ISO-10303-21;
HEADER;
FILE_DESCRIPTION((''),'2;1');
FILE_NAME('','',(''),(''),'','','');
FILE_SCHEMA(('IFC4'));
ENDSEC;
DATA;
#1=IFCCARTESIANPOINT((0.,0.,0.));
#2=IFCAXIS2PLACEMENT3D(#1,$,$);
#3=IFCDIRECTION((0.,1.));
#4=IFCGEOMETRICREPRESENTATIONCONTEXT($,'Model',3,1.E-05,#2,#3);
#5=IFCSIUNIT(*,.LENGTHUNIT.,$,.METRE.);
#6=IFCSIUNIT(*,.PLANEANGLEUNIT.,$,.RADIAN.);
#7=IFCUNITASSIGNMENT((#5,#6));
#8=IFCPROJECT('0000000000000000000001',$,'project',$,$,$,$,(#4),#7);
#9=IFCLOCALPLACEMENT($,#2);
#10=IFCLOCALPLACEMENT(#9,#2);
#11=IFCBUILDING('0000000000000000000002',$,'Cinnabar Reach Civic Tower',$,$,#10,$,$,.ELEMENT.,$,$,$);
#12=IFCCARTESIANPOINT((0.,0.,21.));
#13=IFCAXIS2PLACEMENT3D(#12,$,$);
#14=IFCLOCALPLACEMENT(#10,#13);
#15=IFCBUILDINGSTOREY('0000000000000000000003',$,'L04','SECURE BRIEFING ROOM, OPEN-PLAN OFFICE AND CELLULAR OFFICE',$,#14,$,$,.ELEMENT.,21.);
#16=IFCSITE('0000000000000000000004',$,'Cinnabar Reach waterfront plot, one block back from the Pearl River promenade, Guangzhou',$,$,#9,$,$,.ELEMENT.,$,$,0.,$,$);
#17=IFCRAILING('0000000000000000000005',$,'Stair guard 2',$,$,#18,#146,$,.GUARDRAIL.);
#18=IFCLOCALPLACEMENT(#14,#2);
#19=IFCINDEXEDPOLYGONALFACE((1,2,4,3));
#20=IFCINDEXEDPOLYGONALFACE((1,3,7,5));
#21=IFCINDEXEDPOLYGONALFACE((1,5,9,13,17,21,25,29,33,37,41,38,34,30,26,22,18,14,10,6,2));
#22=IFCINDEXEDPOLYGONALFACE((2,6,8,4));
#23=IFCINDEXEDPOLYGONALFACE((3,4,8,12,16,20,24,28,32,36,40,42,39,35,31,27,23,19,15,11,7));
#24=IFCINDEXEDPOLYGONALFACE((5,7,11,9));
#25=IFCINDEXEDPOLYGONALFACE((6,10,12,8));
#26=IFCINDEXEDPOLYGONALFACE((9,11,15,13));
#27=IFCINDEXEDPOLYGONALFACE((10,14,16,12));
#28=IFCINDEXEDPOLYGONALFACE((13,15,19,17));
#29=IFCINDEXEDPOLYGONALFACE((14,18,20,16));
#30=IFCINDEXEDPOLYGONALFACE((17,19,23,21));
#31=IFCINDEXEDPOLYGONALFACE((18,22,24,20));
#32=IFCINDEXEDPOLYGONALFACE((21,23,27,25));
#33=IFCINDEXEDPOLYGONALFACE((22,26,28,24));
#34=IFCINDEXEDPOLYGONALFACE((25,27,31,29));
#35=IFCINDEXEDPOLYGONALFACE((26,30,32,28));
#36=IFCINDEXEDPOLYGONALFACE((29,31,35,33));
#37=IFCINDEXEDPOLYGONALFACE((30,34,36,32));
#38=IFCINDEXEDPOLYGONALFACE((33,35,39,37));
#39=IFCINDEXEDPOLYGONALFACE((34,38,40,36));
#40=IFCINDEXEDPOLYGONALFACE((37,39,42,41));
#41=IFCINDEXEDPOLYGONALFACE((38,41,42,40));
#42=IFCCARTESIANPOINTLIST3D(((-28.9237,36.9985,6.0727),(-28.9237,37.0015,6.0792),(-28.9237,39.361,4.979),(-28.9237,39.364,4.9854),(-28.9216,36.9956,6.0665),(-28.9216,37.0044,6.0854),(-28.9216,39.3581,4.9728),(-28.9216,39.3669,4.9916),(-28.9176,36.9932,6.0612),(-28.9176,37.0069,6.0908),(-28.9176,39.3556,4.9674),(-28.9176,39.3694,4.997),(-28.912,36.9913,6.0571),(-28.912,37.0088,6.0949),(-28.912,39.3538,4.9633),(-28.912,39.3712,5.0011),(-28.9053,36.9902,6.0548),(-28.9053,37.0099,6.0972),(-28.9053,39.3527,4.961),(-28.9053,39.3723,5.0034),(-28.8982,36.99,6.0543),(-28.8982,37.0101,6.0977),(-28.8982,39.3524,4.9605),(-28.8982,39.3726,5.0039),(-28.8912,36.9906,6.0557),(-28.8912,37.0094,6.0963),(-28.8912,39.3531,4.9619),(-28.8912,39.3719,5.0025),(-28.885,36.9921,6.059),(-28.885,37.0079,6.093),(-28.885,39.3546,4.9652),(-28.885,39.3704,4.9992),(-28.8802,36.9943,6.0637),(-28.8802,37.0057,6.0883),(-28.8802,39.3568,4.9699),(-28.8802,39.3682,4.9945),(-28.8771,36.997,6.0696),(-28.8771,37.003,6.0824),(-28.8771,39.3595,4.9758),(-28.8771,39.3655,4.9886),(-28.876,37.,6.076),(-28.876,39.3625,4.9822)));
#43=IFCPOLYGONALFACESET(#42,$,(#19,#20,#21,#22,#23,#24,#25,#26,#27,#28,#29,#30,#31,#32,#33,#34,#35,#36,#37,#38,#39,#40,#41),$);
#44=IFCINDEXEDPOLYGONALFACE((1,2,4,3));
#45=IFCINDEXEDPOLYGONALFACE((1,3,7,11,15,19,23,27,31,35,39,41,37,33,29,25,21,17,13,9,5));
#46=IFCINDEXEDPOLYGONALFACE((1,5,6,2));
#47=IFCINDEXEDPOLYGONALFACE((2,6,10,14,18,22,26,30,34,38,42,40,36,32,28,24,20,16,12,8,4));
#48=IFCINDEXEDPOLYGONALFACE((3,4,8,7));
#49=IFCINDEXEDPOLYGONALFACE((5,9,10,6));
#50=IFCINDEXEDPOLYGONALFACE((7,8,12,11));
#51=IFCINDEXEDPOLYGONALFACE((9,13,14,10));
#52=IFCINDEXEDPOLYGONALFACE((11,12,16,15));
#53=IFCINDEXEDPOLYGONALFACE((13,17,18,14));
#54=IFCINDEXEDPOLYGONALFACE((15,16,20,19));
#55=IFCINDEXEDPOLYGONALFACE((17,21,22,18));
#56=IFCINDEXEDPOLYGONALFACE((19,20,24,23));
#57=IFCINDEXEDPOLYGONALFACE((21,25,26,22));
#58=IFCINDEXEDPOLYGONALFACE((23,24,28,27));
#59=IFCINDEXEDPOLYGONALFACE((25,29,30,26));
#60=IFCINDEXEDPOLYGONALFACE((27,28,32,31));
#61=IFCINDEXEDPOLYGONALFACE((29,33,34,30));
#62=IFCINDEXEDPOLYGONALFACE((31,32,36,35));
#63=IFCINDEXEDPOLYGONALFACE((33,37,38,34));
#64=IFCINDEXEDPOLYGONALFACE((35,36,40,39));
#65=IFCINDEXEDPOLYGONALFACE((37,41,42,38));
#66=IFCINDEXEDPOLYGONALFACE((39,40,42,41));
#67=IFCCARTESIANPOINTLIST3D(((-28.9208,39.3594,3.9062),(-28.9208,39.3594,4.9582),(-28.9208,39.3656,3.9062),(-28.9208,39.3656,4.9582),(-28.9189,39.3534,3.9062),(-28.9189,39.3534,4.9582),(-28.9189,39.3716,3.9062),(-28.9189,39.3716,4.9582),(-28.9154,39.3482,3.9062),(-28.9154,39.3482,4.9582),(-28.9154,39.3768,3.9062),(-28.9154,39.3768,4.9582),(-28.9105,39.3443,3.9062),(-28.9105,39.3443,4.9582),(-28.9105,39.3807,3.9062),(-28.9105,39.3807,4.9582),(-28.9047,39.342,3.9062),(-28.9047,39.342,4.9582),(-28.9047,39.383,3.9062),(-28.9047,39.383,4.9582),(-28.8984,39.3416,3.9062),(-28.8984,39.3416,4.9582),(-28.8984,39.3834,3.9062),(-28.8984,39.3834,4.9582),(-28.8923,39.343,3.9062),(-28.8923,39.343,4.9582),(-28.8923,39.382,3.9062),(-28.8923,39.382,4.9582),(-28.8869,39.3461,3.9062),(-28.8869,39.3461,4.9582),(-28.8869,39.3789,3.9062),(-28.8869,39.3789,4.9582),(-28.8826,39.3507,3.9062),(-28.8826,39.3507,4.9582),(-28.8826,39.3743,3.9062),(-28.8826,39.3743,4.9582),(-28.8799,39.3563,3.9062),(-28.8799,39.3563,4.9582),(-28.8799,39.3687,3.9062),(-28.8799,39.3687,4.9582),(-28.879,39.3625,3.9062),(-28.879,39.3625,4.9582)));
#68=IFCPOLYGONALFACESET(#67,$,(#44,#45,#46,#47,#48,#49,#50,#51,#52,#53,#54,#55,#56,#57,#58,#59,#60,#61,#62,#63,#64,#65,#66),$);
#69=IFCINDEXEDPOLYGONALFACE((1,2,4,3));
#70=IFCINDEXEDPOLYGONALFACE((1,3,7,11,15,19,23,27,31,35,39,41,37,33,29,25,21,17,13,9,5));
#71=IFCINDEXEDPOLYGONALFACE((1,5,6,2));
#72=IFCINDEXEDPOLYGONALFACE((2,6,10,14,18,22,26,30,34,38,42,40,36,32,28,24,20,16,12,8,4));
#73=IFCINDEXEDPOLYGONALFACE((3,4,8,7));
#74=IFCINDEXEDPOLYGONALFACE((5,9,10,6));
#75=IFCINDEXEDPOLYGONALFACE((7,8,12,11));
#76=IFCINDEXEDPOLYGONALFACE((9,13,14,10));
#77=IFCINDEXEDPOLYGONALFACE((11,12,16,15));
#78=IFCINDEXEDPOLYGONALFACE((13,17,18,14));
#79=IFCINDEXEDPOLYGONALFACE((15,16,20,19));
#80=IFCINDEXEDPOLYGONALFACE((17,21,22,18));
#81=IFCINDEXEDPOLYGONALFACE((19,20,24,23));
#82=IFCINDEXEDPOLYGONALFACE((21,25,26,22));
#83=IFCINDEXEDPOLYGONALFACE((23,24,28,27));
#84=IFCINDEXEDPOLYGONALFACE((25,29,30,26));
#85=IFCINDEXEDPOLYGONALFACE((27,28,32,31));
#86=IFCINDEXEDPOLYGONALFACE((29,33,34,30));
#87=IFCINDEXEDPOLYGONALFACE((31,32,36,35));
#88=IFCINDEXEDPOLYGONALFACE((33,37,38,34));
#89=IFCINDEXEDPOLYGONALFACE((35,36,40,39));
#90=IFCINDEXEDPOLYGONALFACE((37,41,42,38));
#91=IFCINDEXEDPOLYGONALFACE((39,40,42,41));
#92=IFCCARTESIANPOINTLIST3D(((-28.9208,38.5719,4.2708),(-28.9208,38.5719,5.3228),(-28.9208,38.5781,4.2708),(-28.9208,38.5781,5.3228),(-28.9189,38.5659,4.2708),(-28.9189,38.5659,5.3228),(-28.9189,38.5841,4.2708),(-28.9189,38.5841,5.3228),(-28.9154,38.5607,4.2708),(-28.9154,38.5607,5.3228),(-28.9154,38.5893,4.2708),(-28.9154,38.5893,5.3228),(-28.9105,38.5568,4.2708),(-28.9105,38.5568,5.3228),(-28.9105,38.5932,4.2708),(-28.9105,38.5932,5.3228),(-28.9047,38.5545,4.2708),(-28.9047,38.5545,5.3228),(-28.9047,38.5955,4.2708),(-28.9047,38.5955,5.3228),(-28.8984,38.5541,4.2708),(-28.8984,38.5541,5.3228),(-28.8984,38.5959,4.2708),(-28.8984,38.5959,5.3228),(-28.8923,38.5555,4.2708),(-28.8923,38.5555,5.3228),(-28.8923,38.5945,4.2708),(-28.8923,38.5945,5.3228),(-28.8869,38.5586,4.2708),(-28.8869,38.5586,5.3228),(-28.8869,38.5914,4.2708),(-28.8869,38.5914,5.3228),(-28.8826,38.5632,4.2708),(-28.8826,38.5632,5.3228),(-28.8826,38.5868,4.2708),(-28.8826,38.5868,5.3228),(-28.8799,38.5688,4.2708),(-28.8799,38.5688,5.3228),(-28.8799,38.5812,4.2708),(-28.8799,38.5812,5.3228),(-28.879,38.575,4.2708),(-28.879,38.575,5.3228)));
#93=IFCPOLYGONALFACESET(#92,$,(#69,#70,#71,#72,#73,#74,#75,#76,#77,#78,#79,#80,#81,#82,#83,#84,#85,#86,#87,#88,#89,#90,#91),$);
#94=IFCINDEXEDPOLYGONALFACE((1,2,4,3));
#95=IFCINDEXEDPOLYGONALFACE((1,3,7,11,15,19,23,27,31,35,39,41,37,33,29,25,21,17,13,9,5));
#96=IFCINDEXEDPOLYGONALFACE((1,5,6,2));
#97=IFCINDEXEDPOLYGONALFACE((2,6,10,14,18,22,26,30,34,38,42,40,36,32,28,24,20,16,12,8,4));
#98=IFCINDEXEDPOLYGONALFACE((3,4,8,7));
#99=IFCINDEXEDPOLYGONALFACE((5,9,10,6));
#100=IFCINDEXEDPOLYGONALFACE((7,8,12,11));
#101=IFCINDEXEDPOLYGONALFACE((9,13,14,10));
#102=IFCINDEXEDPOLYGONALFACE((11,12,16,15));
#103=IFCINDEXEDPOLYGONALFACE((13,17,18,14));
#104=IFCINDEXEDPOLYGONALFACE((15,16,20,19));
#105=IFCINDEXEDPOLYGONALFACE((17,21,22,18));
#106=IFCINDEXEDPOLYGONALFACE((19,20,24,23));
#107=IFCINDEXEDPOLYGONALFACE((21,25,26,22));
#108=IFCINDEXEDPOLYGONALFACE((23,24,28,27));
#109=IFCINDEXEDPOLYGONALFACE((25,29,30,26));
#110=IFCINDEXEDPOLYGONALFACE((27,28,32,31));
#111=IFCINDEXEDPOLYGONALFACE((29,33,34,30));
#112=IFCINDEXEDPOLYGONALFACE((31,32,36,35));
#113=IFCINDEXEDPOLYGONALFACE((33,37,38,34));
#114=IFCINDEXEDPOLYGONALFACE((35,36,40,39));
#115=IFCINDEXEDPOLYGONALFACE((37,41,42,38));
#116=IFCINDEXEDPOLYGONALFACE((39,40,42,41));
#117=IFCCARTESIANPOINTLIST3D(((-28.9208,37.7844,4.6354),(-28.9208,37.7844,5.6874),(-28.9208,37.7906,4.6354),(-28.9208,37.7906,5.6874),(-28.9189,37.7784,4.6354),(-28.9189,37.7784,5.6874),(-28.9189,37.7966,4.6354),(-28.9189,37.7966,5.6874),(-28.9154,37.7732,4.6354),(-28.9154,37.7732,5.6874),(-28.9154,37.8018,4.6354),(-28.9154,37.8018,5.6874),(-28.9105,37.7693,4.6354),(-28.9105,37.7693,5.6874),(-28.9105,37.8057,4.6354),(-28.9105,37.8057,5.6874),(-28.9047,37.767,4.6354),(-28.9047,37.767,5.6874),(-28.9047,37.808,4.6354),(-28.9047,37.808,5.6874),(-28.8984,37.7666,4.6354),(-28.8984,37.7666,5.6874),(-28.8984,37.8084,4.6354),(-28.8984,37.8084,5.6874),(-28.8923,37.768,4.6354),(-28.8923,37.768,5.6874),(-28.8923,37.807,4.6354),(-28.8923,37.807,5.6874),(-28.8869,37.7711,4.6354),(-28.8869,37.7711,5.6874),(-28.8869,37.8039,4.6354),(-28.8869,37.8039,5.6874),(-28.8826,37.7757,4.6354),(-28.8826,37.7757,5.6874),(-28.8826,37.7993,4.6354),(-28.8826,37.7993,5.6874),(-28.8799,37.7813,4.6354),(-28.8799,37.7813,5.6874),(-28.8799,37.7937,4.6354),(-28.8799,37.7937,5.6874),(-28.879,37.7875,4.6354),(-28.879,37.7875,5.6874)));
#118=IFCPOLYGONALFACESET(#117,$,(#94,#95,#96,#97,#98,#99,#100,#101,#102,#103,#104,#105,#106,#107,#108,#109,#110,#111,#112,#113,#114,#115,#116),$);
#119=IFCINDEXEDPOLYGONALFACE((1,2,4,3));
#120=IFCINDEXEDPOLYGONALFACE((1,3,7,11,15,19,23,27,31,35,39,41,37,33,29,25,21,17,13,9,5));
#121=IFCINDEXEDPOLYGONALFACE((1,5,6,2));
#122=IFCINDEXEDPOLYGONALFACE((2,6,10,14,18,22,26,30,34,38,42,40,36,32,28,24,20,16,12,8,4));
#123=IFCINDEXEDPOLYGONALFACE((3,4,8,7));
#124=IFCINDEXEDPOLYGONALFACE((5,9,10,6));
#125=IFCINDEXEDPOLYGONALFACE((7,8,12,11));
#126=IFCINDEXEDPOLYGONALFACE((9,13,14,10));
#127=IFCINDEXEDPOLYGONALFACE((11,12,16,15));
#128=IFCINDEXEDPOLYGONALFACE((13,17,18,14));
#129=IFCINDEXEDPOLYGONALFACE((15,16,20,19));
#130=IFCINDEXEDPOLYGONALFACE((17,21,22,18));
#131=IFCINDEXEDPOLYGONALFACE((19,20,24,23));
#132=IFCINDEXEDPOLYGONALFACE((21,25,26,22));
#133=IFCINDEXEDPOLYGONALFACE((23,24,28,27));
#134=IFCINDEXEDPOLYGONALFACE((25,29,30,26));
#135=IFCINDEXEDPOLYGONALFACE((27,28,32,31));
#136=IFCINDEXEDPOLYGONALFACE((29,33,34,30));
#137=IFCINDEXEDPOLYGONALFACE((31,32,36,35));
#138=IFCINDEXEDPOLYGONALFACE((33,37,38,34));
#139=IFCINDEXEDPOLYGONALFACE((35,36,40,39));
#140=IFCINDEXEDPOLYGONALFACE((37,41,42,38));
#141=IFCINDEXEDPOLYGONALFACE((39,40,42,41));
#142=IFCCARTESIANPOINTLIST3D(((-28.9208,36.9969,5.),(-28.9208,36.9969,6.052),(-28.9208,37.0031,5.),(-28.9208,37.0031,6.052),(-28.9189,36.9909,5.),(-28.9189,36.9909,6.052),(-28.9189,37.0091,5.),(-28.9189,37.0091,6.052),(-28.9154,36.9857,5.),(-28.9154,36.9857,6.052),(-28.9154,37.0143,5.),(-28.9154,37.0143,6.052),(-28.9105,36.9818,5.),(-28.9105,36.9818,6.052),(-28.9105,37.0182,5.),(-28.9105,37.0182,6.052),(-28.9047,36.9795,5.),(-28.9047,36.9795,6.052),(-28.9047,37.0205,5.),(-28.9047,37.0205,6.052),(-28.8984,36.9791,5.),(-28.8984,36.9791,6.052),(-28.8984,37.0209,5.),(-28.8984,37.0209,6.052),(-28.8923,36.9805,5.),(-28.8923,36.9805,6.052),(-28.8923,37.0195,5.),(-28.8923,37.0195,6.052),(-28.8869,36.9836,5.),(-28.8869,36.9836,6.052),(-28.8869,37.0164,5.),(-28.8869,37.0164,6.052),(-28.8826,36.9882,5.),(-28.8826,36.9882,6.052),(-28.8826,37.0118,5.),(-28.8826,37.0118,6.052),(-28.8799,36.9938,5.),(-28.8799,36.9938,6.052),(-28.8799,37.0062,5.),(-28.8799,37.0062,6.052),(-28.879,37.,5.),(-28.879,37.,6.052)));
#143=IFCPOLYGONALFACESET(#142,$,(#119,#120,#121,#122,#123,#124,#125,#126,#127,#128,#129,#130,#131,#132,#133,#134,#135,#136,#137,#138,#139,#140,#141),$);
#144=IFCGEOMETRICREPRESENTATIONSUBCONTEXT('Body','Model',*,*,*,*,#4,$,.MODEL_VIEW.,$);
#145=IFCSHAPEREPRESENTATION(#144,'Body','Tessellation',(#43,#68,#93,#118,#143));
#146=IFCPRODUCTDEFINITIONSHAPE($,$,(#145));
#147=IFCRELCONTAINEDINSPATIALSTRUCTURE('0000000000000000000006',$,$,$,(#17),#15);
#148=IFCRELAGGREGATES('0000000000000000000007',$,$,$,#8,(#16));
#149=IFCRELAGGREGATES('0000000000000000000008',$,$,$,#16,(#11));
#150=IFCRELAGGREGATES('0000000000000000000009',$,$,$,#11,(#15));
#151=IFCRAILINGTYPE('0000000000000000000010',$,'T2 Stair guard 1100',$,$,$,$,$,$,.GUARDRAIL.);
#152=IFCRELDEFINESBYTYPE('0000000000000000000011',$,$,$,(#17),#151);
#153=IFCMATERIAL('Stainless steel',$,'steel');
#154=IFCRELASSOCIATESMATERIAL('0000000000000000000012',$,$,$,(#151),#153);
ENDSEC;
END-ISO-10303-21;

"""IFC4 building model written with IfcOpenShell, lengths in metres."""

from ifc_helpers import new_model, si_unit, direction, frame, origin, origin_2d, place, context, subcontext, project, spatial, circle, extrude, material, type_object, element, save


model = new_model("IFC4")

# Units and contexts
model_context = context("Model", 3, precision=1e-05, world=origin(), true_north=direction((0.0, 1.0)))
body_context = subcontext(model_context, "Body", "Model", "MODEL_VIEW")
ifc_project = project(units=[si_unit("LENGTHUNIT", "METRE"), si_unit("PLANEANGLEUNIT", "RADIAN")], contexts=[model_context])

# Site, building, storey
site_placement = place(None, origin())
site = spatial("IfcSite", under=ifc_project, at=site_placement, Name="Cinnabar Reach waterfront plot, one block back from the Pearl River promenade, Guangzhou", CompositionType="ELEMENT", RefElevation=0.0)
building_placement = place(site_placement, origin())
building = spatial("IfcBuilding", under=site, at=building_placement, Name="Cinnabar Reach Civic Tower", CompositionType="ELEMENT")
storey_placement = place(building_placement, frame((0.0, 0.0, 21.0)))
storey = spatial("IfcBuildingStorey", under=building, at=storey_placement, Name="L04", Description="SECURE BRIEFING ROOM, OPEN-PLAN OFFICE AND CELLULAR OFFICE", CompositionType="ELEMENT", Elevation=21.0)

# Railing
ifc_material_1 = material(Name="Stainless steel", Category="steel")
railing_type = type_object("IfcRailingType", Name="T2 Stair guard 1100", PredefinedType="GUARDRAIL", material=ifc_material_1)
railing_placement = place(storey_placement, frame((-28.9, 39.3625, 3.9062)))
element("IfcRailing", 1, at=railing_placement, inside=storey, type_object=railing_type, Name="Stair guard 2", PredefinedType="GUARDRAIL", context=body_context, shape_type="SweptSolid", body=[
    extrude(circle(Radius=0.024, at=origin_2d()), frame((0.0, 0.0, 1.076), z_axis=(0.0, -0.90746, 0.420139), x_axis=(1.0, 0.0, 0.0)), (0.0, 0.0, 1.0), 2.6034),
    extrude(circle(Radius=0.021, at=origin_2d()), origin(), (0.0, 0.0, 1.0), 1.052),
    extrude(circle(Radius=0.021, at=origin_2d()), frame((0.0, -0.7875, 0.3646)), (0.0, 0.0, 1.0), 1.052),
    extrude(circle(Radius=0.021, at=origin_2d()), frame((0.0, -1.575, 0.7292)), (0.0, 0.0, 1.0), 1.052),
    extrude(circle(Radius=0.021, at=origin_2d()), frame((0.0, -2.3625, 1.0938)), (0.0, 0.0, 1.0), 1.052),
])

save(model, "model.ifc")
